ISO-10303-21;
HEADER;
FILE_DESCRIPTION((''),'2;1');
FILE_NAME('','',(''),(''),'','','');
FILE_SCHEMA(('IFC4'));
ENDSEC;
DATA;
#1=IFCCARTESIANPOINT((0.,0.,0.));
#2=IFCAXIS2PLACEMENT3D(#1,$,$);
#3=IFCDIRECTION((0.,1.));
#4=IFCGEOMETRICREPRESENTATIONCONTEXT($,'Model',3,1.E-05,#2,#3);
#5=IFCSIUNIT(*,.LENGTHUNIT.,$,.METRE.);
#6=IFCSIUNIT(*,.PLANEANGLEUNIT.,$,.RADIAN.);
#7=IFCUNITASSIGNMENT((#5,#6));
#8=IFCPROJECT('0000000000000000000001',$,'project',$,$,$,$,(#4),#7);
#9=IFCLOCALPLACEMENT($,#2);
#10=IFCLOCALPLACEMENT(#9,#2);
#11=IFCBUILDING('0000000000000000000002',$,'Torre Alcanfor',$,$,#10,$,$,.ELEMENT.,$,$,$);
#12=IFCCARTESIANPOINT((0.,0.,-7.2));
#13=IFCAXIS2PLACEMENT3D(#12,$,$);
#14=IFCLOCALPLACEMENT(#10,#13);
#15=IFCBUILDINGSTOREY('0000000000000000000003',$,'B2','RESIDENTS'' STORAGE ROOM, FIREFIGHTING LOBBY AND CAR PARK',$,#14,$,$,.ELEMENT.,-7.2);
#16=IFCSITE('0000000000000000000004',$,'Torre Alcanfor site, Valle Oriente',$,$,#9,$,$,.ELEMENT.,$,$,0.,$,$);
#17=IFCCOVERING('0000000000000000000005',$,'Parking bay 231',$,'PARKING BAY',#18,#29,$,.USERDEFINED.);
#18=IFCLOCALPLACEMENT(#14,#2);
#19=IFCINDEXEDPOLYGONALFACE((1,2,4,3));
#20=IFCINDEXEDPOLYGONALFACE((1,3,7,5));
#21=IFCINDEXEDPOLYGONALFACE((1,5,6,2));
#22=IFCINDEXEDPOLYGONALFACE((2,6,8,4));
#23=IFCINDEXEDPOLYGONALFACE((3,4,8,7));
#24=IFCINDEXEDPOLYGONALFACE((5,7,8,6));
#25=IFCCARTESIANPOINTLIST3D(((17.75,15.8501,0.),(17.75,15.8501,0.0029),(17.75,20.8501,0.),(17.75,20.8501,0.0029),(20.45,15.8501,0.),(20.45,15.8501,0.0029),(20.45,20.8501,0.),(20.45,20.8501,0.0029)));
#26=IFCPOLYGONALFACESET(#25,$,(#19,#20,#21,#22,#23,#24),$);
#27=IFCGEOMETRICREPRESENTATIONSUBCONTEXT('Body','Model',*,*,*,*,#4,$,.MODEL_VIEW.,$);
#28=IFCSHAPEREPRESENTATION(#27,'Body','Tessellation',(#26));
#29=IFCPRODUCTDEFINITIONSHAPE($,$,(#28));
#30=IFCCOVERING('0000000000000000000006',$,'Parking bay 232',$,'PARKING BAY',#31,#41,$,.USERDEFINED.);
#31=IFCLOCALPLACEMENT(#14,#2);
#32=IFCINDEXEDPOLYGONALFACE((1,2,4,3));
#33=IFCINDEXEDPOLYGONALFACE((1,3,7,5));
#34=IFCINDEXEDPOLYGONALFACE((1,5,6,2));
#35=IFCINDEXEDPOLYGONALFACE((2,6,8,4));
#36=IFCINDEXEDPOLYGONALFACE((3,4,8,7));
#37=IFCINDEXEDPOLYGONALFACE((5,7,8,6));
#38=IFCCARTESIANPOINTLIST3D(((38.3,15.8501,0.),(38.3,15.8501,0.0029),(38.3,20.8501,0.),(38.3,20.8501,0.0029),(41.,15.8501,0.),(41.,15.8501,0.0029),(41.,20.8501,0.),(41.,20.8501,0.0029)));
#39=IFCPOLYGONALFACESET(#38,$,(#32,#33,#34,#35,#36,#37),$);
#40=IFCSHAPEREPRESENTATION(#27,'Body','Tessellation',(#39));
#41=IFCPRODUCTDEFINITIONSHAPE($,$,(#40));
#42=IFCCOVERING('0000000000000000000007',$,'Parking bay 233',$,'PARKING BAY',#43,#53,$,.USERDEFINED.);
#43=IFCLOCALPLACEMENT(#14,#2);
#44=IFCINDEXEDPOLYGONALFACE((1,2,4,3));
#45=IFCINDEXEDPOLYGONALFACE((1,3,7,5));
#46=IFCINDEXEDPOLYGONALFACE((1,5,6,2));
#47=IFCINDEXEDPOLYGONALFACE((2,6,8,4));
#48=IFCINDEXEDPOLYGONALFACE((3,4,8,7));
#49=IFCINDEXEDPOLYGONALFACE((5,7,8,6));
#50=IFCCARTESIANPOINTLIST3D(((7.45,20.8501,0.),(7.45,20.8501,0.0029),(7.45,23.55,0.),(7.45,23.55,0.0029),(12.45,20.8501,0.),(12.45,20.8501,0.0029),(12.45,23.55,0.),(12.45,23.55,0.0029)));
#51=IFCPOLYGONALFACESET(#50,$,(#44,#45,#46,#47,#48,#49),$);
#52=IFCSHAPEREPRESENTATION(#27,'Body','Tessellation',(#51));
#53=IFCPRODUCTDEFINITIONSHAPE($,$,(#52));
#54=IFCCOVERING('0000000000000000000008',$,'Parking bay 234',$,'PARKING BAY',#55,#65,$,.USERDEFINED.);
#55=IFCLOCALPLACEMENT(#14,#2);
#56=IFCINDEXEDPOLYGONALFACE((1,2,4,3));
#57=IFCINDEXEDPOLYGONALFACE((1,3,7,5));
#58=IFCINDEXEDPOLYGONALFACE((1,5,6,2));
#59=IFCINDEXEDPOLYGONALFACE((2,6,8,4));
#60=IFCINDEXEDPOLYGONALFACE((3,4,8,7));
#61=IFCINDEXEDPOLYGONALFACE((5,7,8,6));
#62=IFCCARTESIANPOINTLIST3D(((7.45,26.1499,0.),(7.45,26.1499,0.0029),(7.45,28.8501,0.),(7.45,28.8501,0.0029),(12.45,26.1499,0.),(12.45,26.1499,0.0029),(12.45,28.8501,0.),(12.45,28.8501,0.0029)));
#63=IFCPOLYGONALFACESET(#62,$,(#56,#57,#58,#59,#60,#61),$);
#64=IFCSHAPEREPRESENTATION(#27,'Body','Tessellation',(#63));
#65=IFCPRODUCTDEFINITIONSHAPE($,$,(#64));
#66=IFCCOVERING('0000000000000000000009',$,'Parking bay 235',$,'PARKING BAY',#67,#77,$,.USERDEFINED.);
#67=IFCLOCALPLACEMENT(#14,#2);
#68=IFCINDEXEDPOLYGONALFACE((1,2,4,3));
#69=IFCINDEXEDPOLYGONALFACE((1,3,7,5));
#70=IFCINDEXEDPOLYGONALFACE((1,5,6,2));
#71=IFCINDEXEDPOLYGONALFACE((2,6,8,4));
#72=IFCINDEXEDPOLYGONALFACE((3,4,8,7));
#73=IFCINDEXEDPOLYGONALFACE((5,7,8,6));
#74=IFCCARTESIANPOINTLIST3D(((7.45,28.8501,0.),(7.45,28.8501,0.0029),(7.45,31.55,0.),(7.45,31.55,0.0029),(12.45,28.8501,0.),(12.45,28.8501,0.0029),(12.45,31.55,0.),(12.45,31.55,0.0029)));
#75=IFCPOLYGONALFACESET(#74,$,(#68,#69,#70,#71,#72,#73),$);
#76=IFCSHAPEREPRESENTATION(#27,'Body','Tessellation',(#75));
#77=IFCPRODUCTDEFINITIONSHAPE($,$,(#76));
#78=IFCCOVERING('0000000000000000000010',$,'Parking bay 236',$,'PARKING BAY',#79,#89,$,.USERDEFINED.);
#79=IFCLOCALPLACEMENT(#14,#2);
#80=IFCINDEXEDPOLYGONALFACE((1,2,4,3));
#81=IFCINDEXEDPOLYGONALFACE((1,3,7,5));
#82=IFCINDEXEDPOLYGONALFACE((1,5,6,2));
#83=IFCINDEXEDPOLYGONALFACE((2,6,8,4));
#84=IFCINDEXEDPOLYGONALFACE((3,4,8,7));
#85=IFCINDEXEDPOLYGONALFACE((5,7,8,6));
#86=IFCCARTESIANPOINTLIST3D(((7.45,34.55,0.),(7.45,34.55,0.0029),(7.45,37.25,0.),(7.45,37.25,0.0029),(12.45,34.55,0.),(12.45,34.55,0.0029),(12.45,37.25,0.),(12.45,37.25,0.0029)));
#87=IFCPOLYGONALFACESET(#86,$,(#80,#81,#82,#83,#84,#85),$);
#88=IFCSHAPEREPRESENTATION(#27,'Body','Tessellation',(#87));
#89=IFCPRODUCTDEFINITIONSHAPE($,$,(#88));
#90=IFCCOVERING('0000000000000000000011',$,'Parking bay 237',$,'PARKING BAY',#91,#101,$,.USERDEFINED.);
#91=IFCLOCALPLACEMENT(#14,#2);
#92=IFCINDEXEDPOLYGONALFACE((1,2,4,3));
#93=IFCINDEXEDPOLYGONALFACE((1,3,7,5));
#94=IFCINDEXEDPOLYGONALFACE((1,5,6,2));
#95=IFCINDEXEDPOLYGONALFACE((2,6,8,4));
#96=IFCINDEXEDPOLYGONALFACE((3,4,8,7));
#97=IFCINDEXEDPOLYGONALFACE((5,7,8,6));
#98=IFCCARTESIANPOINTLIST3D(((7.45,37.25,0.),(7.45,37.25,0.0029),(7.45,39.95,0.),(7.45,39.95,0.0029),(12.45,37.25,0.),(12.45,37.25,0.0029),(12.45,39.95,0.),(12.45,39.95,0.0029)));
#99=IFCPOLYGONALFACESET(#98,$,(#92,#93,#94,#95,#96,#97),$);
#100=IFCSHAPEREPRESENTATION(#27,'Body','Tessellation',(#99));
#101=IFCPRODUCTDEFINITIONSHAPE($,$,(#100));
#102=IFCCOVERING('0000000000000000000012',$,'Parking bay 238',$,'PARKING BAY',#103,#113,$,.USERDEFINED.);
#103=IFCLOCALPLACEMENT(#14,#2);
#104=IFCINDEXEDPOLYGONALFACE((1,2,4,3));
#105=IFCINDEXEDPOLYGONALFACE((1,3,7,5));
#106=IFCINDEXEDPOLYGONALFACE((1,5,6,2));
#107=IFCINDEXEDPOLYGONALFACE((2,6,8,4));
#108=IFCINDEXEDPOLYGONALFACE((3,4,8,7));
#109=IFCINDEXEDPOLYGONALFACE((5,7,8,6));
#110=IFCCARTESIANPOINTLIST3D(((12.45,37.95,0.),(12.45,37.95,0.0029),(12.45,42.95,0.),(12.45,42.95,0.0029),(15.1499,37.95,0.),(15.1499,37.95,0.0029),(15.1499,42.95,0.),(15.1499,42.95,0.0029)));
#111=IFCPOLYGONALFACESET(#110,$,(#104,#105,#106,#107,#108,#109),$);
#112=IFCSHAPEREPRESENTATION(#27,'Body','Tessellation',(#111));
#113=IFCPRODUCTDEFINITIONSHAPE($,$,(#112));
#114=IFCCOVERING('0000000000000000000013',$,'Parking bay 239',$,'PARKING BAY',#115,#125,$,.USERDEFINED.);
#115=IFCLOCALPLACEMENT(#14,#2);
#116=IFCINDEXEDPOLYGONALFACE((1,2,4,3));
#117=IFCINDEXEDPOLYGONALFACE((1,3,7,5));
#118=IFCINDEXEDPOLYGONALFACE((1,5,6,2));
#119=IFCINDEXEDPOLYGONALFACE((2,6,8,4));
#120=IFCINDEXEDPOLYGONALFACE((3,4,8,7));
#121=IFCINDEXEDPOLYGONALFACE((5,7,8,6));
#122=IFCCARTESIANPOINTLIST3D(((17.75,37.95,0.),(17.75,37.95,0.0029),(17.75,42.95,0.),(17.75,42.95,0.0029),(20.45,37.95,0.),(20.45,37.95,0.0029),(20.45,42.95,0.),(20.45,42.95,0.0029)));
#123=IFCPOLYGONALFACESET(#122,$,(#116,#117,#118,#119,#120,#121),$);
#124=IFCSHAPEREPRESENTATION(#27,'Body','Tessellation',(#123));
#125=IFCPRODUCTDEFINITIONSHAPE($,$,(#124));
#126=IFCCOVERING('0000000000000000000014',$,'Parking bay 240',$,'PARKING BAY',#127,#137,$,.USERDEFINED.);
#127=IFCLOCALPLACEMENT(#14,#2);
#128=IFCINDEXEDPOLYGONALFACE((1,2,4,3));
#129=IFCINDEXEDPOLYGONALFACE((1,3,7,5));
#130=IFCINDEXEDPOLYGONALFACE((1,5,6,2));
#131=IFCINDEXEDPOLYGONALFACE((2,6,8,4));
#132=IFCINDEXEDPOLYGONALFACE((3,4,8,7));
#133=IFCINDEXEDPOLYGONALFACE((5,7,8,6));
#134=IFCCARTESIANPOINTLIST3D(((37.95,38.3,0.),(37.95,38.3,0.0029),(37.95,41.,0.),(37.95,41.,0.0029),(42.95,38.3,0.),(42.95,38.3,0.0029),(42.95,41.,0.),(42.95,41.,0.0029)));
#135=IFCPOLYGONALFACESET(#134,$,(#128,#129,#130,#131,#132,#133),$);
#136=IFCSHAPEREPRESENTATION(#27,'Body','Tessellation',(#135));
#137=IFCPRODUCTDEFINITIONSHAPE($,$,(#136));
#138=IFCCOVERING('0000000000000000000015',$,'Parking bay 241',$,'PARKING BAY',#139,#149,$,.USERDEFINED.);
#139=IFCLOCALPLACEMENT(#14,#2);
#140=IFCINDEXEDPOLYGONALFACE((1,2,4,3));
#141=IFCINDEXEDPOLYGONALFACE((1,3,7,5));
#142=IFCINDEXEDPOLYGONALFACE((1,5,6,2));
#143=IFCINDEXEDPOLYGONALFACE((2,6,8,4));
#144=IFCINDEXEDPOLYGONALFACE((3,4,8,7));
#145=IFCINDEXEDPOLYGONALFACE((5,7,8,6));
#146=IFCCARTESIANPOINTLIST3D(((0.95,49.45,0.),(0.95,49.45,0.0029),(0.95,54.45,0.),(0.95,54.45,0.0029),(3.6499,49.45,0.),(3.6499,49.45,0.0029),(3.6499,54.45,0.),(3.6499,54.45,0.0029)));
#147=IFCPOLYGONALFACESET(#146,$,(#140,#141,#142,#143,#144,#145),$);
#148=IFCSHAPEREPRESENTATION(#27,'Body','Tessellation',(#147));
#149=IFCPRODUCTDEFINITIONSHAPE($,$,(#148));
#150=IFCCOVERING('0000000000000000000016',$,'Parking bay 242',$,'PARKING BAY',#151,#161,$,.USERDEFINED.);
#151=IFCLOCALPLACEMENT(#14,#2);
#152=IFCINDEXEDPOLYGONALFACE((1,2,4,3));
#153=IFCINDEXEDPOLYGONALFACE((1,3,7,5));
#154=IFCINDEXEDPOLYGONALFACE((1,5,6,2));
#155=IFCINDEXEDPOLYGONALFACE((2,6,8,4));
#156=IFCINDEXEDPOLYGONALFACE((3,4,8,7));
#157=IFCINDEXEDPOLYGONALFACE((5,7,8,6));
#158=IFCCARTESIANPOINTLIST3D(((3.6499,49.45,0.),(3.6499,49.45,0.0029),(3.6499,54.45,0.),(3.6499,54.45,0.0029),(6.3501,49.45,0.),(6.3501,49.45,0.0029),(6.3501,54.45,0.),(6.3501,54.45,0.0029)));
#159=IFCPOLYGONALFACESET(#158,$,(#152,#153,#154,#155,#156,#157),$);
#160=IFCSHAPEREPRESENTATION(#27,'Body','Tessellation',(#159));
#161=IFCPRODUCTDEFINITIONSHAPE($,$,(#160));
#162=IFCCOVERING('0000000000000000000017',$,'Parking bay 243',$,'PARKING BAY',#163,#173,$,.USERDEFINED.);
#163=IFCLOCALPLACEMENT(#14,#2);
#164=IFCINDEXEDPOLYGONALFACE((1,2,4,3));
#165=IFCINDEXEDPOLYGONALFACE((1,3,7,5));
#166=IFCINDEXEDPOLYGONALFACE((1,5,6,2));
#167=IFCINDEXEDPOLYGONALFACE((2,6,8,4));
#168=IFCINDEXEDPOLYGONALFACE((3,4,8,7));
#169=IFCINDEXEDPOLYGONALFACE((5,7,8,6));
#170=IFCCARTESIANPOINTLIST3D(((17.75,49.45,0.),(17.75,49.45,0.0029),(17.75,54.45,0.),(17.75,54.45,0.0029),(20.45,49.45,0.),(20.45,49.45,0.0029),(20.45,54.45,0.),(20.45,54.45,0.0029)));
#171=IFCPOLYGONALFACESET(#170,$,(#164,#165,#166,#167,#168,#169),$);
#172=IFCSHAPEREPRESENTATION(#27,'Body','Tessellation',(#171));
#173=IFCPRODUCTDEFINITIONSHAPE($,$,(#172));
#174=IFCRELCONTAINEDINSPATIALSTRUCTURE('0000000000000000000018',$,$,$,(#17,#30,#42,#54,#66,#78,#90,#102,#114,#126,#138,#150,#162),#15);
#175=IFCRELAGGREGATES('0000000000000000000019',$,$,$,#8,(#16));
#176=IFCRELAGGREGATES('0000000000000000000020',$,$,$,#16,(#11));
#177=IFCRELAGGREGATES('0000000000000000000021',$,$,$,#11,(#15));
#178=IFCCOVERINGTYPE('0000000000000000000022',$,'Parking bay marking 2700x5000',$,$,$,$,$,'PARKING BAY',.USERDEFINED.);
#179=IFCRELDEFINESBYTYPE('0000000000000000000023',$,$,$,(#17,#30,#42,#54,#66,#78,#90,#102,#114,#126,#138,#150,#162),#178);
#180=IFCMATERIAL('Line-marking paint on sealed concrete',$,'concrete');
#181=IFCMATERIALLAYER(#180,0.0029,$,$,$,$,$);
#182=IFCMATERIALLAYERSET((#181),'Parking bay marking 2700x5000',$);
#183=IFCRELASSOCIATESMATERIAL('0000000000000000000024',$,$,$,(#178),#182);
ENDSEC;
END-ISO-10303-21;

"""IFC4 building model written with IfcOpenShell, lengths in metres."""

from ifc_helpers import new_model, si_unit, direction, frame, origin, place, context, subcontext, project, spatial, polyline, outline, extrude, material, layer, layer_set, type_object, element, save


model = new_model("IFC4")

# Units and contexts
model_context = context("Model", 3, precision=1e-05, world=origin(), true_north=direction((0.0, 1.0)))
body_context = subcontext(model_context, "Body", "Model", "MODEL_VIEW")
ifc_project = project(units=[si_unit("LENGTHUNIT", "METRE"), si_unit("PLANEANGLEUNIT", "RADIAN")], contexts=[model_context])

# Site, building, storey
site_placement = place(None, origin())
site = spatial("IfcSite", under=ifc_project, at=site_placement, Name="Torre Alcanfor site, Valle Oriente", CompositionType="ELEMENT", RefElevation=0.0)
building_placement = place(site_placement, origin())
building = spatial("IfcBuilding", under=site, at=building_placement, Name="Torre Alcanfor", CompositionType="ELEMENT")
storey_placement = place(building_placement, frame((0.0, 0.0, -7.2)))
storey = spatial("IfcBuildingStorey", under=building, at=storey_placement, Name="B2", Description="RESIDENTS' STORAGE ROOM, FIREFIGHTING LOBBY AND CAR PARK", CompositionType="ELEMENT", Elevation=-7.2)

# Coverings
ifc_material_1 = material(Name="Line-marking paint on sealed concrete", Category="concrete")
ifc_layer = layer(ifc_material_1, 0.0029)
ifc_layer_set = layer_set([ifc_layer], Name="Parking bay marking 2700x5000")
covering_type = type_object("IfcCoveringType", Name="Parking bay marking 2700x5000", ElementType="PARKING BAY", PredefinedType="USERDEFINED", material=ifc_layer_set)
covering_1_placement = place(storey_placement, origin())
element("IfcCovering", 1, at=covering_1_placement, inside=storey, type_object=covering_type, Name="Parking bay 231", ObjectType="PARKING BAY", PredefinedType="USERDEFINED", context=body_context, shape_type="SweptSolid", body=[
    extrude(outline(polyline([(17.75, 15.8501), (20.45, 15.8501), (20.45, 20.8501), (17.75, 20.8501), (17.75, 15.8501)])), origin(), (0.0, 0.0, 1.0), 0.0029),
])
covering_2_placement = place(storey_placement, origin())
element("IfcCovering", 2, at=covering_2_placement, inside=storey, type_object=covering_type, Name="Parking bay 232", ObjectType="PARKING BAY", PredefinedType="USERDEFINED", context=body_context, shape_type="SweptSolid", body=[
    extrude(outline(polyline([(38.3, 15.8501), (41.0, 15.8501), (41.0, 20.8501), (38.3, 20.8501), (38.3, 15.8501)])), origin(), (0.0, 0.0, 1.0), 0.0029),
])
covering_3_placement = place(storey_placement, origin())
element("IfcCovering", 3, at=covering_3_placement, inside=storey, type_object=covering_type, Name="Parking bay 233", ObjectType="PARKING BAY", PredefinedType="USERDEFINED", context=body_context, shape_type="SweptSolid", body=[
    extrude(outline(polyline([(7.45, 20.8501), (12.45, 20.8501), (12.45, 23.55), (7.45, 23.55), (7.45, 20.8501)])), origin(), (0.0, 0.0, 1.0), 0.0029),
])
covering_4_placement = place(storey_placement, origin())
element("IfcCovering", 4, at=covering_4_placement, inside=storey, type_object=covering_type, Name="Parking bay 234", ObjectType="PARKING BAY", PredefinedType="USERDEFINED", context=body_context, shape_type="SweptSolid", body=[
    extrude(outline(polyline([(7.45, 26.1499), (12.45, 26.1499), (12.45, 28.8501), (7.45, 28.8501), (7.45, 26.1499)])), origin(), (0.0, 0.0, 1.0), 0.0029),
])
covering_5_placement = place(storey_placement, origin())
element("IfcCovering", 5, at=covering_5_placement, inside=storey, type_object=covering_type, Name="Parking bay 235", ObjectType="PARKING BAY", PredefinedType="USERDEFINED", context=body_context, shape_type="SweptSolid", body=[
    extrude(outline(polyline([(7.45, 28.8501), (12.45, 28.8501), (12.45, 31.55), (7.45, 31.55), (7.45, 28.8501)])), origin(), (0.0, 0.0, 1.0), 0.0029),
])
covering_6_placement = place(storey_placement, origin())
element("IfcCovering", 6, at=covering_6_placement, inside=storey, type_object=covering_type, Name="Parking bay 236", ObjectType="PARKING BAY", PredefinedType="USERDEFINED", context=body_context, shape_type="SweptSolid", body=[
    extrude(outline(polyline([(7.45, 34.55), (12.45, 34.55), (12.45, 37.25), (7.45, 37.25), (7.45, 34.55)])), origin(), (0.0, 0.0, 1.0), 0.0029),
])
covering_7_placement = place(storey_placement, origin())
element("IfcCovering", 7, at=covering_7_placement, inside=storey, type_object=covering_type, Name="Parking bay 237", ObjectType="PARKING BAY", PredefinedType="USERDEFINED", context=body_context, shape_type="SweptSolid", body=[
    extrude(outline(polyline([(7.45, 37.25), (12.45, 37.25), (12.45, 39.95), (7.45, 39.95), (7.45, 37.25)])), origin(), (0.0, 0.0, 1.0), 0.0029),
])
covering_8_placement = place(storey_placement, origin())
element("IfcCovering", 8, at=covering_8_placement, inside=storey, type_object=covering_type, Name="Parking bay 238", ObjectType="PARKING BAY", PredefinedType="USERDEFINED", context=body_context, shape_type="SweptSolid", body=[
    extrude(outline(polyline([(12.45, 37.95), (15.1499, 37.95), (15.1499, 42.95), (12.45, 42.95), (12.45, 37.95)])), origin(), (0.0, 0.0, 1.0), 0.0029),
])
covering_9_placement = place(storey_placement, origin())
element("IfcCovering", 9, at=covering_9_placement, inside=storey, type_object=covering_type, Name="Parking bay 239", ObjectType="PARKING BAY", PredefinedType="USERDEFINED", context=body_context, shape_type="SweptSolid", body=[
    extrude(outline(polyline([(17.75, 37.95), (20.45, 37.95), (20.45, 42.95), (17.75, 42.95), (17.75, 37.95)])), origin(), (0.0, 0.0, 1.0), 0.0029),
])
covering_10_placement = place(storey_placement, origin())
element("IfcCovering", 10, at=covering_10_placement, inside=storey, type_object=covering_type, Name="Parking bay 240", ObjectType="PARKING BAY", PredefinedType="USERDEFINED", context=body_context, shape_type="SweptSolid", body=[
    extrude(outline(polyline([(37.95, 38.3), (42.95, 38.3), (42.95, 41.0), (37.95, 41.0), (37.95, 38.3)])), origin(), (0.0, 0.0, 1.0), 0.0029),
])
covering_11_placement = place(storey_placement, origin())
element("IfcCovering", 11, at=covering_11_placement, inside=storey, type_object=covering_type, Name="Parking bay 241", ObjectType="PARKING BAY", PredefinedType="USERDEFINED", context=body_context, shape_type="SweptSolid", body=[
    extrude(outline(polyline([(0.95, 49.45), (3.6499, 49.45), (3.6499, 54.45), (0.95, 54.45), (0.95, 49.45)])), origin(), (0.0, 0.0, 1.0), 0.0029),
])
covering_12_placement = place(storey_placement, origin())
element("IfcCovering", 12, at=covering_12_placement, inside=storey, type_object=covering_type, Name="Parking bay 242", ObjectType="PARKING BAY", PredefinedType="USERDEFINED", context=body_context, shape_type="SweptSolid", body=[
    extrude(outline(polyline([(3.6499, 49.45), (6.3501, 49.45), (6.3501, 54.45), (3.6499, 54.45), (3.6499, 49.45)])), origin(), (0.0, 0.0, 1.0), 0.0029),
])
covering_13_placement = place(storey_placement, origin())
element("IfcCovering", 13, at=covering_13_placement, inside=storey, type_object=covering_type, Name="Parking bay 243", ObjectType="PARKING BAY", PredefinedType="USERDEFINED", context=body_context, shape_type="SweptSolid", body=[
    extrude(outline(polyline([(17.75, 49.45), (20.45, 49.45), (20.45, 54.45), (17.75, 54.45), (17.75, 49.45)])), origin(), (0.0, 0.0, 1.0), 0.0029),
])

save(model, "model.ifc")
